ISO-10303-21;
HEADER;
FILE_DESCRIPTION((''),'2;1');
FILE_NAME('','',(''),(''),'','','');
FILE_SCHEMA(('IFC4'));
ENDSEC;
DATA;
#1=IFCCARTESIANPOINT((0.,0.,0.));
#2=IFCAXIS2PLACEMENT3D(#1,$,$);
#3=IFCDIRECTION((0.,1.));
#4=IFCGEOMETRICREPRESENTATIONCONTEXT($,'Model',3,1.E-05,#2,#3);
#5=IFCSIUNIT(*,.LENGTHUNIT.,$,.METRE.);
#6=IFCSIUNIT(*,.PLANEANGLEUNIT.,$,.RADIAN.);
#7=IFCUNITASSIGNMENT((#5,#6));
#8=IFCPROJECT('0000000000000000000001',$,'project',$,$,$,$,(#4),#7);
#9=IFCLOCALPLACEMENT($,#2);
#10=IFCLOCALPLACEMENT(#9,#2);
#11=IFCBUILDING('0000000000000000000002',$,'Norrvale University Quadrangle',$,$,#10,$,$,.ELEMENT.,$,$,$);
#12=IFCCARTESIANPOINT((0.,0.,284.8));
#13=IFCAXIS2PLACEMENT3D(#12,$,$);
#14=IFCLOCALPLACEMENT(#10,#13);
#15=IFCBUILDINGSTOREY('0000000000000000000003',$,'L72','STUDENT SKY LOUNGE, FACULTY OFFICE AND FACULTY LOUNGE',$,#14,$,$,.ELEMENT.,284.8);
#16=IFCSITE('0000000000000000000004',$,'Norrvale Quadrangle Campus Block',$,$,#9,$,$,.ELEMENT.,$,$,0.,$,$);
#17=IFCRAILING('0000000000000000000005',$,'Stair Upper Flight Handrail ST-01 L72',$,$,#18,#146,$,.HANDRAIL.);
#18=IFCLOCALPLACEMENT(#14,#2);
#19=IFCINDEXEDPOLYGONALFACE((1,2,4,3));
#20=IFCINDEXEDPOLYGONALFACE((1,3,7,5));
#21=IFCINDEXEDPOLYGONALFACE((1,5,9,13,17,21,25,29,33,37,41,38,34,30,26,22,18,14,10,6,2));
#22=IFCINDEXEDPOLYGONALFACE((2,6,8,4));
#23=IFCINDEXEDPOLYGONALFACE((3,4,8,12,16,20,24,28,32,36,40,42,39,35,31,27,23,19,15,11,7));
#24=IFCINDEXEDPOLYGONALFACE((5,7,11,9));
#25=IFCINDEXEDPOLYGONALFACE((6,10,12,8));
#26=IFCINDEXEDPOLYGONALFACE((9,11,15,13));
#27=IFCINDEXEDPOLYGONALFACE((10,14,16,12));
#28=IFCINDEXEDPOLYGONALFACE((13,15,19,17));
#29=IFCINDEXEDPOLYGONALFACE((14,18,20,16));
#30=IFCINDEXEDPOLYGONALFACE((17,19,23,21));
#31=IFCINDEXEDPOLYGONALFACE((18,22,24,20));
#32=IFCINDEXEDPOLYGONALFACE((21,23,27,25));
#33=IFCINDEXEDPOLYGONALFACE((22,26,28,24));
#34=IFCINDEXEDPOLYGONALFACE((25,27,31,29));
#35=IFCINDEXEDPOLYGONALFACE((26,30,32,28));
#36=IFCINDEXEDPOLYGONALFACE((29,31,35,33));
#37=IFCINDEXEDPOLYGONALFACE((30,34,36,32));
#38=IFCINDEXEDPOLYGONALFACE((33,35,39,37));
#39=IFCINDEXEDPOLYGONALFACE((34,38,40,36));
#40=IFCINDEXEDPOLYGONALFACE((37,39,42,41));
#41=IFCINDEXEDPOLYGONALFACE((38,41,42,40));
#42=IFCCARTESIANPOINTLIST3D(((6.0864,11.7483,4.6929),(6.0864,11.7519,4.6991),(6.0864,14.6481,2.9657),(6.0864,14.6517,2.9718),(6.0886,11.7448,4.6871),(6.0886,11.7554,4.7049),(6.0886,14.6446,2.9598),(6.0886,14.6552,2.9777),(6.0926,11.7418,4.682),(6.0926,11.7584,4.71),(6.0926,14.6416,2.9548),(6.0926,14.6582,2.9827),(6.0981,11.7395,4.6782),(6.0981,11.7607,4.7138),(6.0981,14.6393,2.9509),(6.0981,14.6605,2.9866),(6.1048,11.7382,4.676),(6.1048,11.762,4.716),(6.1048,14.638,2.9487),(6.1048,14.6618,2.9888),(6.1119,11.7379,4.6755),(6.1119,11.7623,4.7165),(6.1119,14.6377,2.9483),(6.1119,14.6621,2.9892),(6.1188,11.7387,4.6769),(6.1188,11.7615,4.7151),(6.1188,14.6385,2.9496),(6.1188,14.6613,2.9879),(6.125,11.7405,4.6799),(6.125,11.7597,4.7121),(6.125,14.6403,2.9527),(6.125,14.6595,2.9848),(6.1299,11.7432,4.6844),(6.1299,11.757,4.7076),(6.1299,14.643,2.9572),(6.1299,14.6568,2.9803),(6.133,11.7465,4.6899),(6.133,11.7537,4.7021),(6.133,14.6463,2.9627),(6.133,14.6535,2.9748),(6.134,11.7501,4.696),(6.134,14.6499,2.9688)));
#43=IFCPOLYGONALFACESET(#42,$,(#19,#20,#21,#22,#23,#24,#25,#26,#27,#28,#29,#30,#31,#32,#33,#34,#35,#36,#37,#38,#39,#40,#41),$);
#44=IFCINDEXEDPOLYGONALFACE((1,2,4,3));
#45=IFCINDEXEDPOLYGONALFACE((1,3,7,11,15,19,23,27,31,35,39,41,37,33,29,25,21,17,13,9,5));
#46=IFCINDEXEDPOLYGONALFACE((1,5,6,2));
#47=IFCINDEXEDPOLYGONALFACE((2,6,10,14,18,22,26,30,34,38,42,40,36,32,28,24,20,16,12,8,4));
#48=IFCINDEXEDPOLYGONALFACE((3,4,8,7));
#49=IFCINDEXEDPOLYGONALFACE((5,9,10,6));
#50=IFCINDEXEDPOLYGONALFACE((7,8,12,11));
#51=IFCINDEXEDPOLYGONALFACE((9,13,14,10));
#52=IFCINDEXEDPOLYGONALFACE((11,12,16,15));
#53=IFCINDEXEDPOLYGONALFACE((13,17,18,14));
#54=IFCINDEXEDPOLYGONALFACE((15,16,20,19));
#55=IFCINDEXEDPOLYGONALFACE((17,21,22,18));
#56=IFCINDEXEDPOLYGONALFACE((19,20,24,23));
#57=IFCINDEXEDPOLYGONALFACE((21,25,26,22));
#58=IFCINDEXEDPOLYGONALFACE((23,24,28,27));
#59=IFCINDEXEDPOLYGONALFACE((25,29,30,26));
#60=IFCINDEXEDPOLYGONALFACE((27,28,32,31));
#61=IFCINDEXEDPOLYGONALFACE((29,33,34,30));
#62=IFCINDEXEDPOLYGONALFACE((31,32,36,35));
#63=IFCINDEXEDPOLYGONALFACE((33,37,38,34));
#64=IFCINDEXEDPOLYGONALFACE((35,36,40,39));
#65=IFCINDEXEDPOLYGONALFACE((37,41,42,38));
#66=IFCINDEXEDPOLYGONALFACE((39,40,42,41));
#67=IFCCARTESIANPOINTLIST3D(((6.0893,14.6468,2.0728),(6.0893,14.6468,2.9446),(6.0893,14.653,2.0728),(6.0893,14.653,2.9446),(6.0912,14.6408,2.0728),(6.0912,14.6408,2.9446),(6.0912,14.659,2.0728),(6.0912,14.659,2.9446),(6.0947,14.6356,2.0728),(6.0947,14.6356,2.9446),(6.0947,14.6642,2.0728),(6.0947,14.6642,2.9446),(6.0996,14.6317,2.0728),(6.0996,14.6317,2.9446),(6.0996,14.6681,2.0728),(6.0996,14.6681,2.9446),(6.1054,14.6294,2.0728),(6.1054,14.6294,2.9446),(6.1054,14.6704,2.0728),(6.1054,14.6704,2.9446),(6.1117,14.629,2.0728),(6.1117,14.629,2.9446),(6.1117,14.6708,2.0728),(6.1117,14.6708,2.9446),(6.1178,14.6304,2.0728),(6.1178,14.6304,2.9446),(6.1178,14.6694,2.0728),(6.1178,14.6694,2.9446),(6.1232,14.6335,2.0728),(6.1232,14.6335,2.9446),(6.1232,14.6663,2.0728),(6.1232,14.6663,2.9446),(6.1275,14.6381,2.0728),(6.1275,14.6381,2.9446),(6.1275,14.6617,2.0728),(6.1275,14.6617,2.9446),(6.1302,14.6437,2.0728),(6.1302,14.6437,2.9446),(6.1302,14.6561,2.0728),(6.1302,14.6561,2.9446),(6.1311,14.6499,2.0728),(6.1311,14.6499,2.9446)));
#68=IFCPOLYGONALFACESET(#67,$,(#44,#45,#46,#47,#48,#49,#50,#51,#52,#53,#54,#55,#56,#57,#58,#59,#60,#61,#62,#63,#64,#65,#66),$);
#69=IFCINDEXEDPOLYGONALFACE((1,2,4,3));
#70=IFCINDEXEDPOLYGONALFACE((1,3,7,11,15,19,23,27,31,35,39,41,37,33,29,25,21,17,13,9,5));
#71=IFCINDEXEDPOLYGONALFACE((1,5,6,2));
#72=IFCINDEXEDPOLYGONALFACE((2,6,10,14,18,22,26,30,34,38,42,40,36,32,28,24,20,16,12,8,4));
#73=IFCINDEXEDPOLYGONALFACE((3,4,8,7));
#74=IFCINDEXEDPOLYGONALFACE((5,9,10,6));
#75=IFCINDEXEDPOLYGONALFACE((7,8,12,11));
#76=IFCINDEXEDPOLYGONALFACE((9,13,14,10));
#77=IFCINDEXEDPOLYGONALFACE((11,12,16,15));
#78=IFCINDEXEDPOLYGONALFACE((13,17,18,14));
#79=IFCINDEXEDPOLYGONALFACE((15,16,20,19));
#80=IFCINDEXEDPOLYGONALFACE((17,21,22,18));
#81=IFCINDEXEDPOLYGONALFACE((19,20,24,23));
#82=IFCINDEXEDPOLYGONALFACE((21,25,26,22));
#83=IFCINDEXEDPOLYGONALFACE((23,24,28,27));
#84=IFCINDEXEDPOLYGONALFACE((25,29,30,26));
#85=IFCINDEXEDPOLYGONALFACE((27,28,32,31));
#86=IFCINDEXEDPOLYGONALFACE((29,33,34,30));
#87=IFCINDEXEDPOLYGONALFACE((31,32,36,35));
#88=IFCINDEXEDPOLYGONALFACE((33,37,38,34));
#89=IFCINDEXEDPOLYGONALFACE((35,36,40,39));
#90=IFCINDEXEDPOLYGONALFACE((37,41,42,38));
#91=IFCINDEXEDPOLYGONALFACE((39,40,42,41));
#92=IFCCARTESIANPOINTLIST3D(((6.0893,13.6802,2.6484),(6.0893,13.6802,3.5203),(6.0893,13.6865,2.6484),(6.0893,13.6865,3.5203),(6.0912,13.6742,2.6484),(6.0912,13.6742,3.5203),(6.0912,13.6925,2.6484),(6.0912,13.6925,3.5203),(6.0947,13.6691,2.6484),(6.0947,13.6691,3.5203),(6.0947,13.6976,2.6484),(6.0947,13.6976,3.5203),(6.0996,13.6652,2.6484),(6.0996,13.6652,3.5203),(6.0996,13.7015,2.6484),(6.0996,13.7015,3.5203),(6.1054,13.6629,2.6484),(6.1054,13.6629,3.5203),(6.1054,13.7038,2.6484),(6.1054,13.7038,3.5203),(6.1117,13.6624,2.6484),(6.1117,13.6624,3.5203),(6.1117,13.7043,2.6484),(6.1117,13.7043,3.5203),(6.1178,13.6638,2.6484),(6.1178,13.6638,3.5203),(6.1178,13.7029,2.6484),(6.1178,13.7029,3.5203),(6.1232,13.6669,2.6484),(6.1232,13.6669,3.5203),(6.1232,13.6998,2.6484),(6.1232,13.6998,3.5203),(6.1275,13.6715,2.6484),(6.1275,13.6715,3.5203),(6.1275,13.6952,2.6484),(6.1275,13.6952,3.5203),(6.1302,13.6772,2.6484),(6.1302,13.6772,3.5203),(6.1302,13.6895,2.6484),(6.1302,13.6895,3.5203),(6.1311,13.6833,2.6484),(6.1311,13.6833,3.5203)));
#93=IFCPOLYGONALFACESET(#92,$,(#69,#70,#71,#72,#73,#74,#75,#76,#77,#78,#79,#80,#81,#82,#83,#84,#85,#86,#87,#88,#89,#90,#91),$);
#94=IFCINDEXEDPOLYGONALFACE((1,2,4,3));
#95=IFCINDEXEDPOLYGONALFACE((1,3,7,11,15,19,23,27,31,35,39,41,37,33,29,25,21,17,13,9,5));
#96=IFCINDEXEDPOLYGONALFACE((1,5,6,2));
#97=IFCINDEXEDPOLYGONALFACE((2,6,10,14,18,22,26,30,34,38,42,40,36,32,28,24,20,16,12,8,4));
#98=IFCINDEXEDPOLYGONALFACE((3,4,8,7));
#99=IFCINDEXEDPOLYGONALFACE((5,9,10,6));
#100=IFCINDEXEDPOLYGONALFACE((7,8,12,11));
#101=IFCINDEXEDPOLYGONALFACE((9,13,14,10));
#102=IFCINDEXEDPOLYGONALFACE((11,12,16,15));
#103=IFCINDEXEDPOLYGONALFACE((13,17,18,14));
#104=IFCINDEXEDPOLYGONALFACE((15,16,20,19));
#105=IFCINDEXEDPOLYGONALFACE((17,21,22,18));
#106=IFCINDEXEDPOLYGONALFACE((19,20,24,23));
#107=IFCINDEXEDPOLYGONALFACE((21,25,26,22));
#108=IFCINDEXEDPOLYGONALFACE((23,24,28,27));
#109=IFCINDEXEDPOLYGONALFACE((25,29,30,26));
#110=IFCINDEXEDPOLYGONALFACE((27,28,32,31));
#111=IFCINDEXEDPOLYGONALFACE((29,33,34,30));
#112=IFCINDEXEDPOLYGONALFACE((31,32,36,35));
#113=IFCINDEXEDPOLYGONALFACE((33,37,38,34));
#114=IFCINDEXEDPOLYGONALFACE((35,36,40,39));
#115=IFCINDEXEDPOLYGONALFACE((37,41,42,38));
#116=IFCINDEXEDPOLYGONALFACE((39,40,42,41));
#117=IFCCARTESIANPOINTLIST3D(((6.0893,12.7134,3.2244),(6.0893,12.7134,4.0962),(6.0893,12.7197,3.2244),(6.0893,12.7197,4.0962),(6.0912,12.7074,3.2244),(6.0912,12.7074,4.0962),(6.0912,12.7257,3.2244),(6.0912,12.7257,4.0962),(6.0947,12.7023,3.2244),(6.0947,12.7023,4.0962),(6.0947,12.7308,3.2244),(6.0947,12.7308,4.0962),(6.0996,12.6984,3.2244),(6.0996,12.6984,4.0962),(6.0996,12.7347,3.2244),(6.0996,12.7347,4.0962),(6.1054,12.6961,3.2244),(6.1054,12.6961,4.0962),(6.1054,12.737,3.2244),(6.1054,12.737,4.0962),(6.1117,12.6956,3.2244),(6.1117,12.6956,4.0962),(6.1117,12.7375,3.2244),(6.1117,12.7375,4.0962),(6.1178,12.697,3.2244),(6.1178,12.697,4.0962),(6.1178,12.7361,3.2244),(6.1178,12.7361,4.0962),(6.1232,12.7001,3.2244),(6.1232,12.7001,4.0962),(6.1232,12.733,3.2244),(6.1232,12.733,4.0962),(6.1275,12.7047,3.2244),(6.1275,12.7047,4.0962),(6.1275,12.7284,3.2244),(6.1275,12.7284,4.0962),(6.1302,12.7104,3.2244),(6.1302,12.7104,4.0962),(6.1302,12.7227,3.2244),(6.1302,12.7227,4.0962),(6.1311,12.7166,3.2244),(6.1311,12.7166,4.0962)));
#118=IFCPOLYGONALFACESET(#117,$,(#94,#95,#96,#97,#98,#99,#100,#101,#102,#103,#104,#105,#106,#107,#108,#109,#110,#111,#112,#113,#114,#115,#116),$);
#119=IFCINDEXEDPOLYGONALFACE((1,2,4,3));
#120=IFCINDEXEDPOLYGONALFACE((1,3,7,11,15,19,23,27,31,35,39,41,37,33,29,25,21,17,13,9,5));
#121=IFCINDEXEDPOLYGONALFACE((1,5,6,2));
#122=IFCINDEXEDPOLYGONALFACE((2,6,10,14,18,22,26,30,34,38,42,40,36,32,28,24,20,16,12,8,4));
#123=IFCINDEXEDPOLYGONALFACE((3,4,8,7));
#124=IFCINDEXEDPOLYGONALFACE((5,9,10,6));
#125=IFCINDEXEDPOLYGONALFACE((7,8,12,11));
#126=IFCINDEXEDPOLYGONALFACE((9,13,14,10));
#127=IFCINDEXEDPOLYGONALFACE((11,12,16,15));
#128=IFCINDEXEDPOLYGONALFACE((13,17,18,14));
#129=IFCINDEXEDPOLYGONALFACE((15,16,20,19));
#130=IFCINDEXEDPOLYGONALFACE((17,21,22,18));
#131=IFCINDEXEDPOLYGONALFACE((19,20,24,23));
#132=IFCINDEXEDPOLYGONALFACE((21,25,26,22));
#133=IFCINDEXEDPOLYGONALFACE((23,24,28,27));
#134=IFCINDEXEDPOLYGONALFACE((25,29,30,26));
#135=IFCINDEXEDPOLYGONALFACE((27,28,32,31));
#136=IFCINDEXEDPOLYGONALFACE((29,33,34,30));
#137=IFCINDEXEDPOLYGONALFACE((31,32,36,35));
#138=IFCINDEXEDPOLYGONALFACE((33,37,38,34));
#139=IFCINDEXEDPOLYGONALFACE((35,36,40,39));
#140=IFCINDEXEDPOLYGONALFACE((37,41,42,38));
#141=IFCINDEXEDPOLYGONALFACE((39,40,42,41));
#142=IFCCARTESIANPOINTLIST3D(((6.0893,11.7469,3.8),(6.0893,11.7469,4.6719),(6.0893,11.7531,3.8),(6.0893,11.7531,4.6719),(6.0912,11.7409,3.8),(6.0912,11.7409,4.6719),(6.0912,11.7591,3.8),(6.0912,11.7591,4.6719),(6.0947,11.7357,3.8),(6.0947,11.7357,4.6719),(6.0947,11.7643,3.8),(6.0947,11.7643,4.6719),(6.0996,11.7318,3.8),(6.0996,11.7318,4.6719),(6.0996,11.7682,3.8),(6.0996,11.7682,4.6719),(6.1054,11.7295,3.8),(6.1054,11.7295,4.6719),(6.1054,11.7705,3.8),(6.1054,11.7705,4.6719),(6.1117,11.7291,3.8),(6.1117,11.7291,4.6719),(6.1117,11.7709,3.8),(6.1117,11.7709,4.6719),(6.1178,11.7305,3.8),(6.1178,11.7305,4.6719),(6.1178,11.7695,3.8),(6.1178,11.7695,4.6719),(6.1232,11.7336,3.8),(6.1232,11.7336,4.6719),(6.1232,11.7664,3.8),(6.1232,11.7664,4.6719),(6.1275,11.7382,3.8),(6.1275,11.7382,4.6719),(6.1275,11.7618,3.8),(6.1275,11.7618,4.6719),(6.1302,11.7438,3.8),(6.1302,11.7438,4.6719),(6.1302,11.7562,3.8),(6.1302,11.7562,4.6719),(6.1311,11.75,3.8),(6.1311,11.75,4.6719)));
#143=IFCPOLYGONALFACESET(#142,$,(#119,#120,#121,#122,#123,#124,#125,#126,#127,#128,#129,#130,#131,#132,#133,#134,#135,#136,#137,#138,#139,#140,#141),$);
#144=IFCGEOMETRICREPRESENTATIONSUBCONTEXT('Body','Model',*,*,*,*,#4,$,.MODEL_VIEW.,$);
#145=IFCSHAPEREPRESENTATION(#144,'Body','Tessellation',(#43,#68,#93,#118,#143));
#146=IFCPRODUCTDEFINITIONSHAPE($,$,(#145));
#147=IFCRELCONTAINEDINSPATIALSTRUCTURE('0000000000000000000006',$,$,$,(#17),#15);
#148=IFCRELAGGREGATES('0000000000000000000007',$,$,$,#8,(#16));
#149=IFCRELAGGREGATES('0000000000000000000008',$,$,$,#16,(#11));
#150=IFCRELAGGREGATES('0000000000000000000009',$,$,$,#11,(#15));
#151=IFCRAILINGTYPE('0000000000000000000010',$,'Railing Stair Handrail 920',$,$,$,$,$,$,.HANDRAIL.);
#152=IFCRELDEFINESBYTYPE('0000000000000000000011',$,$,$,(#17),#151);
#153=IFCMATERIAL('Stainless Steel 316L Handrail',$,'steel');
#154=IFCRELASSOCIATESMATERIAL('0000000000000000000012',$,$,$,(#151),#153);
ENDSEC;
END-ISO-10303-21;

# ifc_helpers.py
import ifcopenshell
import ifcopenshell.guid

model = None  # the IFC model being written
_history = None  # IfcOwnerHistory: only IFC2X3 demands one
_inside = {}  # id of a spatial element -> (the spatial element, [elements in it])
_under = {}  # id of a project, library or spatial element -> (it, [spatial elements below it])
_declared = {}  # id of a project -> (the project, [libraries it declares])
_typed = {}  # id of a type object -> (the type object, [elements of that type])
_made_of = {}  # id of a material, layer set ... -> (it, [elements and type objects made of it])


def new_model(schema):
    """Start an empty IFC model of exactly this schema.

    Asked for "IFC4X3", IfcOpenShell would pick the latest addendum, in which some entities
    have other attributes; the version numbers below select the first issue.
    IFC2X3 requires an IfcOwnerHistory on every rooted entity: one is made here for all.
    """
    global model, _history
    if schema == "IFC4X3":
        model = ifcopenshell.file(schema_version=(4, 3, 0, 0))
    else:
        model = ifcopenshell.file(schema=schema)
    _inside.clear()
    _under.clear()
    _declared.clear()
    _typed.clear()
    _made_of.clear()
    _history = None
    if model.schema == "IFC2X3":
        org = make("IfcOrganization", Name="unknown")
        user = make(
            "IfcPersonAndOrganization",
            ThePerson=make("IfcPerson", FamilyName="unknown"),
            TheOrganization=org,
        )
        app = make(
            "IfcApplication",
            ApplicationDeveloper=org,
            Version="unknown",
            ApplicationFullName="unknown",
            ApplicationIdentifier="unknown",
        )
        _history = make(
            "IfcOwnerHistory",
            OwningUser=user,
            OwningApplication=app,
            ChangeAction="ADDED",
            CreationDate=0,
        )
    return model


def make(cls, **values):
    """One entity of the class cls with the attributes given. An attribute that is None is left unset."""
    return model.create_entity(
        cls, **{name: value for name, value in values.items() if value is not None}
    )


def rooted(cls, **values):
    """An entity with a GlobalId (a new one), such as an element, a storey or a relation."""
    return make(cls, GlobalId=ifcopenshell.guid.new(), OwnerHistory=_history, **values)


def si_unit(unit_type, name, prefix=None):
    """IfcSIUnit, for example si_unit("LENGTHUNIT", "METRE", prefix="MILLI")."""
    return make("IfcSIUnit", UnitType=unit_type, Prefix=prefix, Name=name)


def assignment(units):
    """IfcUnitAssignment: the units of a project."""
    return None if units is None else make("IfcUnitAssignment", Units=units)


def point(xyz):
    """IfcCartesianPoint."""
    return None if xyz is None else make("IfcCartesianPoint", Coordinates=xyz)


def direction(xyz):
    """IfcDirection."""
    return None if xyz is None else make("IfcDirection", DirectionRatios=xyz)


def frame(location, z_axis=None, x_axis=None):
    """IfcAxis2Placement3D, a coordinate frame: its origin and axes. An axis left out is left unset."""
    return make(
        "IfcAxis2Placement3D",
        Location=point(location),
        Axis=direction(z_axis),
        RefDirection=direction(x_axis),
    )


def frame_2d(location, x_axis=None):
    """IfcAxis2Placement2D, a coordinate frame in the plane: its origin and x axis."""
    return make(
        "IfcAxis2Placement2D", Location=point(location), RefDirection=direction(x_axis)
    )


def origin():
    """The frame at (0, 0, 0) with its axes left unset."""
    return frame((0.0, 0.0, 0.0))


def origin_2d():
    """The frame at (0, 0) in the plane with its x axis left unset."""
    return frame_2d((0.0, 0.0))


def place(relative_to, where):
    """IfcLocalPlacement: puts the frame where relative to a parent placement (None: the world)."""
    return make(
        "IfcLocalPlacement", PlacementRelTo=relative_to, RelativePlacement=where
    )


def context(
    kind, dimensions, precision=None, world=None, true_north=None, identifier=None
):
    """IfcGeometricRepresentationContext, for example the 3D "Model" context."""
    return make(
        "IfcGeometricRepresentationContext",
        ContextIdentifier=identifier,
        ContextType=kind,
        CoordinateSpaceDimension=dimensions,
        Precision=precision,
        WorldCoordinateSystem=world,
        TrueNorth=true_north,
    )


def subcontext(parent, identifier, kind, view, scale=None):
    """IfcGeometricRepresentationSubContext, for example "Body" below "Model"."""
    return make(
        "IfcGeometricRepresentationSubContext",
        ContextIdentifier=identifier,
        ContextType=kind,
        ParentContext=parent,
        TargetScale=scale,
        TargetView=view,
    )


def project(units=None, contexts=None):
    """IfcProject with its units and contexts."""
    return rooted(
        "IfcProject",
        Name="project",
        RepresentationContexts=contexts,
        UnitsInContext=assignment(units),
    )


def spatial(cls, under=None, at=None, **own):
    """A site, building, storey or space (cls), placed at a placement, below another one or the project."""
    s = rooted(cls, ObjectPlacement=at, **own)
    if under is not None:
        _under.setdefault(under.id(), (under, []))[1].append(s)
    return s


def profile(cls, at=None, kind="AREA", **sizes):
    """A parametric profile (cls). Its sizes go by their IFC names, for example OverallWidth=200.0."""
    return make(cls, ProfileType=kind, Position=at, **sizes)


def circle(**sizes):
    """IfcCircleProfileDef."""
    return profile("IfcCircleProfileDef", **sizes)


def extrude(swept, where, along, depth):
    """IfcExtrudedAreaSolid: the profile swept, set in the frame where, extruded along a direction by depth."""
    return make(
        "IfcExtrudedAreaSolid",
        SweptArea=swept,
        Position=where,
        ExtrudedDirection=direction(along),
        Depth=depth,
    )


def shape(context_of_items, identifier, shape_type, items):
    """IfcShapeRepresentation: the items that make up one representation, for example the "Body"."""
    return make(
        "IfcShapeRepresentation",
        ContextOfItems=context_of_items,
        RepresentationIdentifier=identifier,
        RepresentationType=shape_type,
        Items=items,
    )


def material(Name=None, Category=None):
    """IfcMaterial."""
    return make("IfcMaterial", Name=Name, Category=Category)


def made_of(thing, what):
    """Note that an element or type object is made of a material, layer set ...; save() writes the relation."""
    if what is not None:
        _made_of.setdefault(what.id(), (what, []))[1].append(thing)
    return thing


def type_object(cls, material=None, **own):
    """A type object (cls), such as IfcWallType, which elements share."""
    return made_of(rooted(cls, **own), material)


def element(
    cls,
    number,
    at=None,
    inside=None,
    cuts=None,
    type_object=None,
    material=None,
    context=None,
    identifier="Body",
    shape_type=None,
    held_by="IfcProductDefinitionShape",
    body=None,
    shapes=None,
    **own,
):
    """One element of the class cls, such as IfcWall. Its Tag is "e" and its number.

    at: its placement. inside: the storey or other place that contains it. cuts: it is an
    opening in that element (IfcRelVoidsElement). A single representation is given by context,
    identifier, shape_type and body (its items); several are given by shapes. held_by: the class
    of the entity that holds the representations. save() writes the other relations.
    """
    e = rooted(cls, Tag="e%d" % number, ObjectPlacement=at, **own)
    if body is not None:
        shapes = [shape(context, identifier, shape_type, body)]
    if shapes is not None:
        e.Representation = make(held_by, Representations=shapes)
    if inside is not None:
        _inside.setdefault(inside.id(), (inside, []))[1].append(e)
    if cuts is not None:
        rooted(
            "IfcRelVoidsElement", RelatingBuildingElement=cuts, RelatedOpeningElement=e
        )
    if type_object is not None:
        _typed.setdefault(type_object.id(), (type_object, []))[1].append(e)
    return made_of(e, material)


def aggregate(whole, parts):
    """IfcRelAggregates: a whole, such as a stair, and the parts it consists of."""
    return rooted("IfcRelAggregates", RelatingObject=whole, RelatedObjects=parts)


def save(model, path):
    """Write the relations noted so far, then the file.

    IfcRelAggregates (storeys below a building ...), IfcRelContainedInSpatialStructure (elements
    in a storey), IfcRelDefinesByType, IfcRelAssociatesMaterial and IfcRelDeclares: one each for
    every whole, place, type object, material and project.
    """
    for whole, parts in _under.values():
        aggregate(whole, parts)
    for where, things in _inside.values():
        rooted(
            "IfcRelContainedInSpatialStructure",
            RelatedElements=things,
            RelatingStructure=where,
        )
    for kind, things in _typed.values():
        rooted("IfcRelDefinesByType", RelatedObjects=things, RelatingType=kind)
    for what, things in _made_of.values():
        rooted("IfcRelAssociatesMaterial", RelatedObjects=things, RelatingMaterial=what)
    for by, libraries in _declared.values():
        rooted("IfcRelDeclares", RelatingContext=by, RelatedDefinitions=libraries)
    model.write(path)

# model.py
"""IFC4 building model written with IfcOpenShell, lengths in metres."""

from ifc_helpers import new_model, si_unit, direction, frame, origin, origin_2d, place, context, subcontext, project, spatial, circle, extrude, material, type_object, element, save


model = new_model("IFC4")

# Units and contexts
model_context = context("Model", 3, precision=1e-05, world=origin(), true_north=direction((0.0, 1.0)))
body_context = subcontext(model_context, "Body", "Model", "MODEL_VIEW")
ifc_project = project(units=[si_unit("LENGTHUNIT", "METRE"), si_unit("PLANEANGLEUNIT", "RADIAN")], contexts=[model_context])

# Site, building, storey
site_placement = place(None, origin())
site = spatial("IfcSite", under=ifc_project, at=site_placement, Name="Norrvale Quadrangle Campus Block", CompositionType="ELEMENT", RefElevation=0.0)
building_placement = place(site_placement, origin())
building = spatial("IfcBuilding", under=site, at=building_placement, Name="Norrvale University Quadrangle", CompositionType="ELEMENT")
storey_placement = place(building_placement, frame((0.0, 0.0, 284.8)))
storey = spatial("IfcBuildingStorey", under=building, at=storey_placement, Name="L72", Description="STUDENT SKY LOUNGE, FACULTY OFFICE AND FACULTY LOUNGE", CompositionType="ELEMENT", Elevation=284.8)

# Railing
ifc_material_1 = material(Name="Stainless Steel 316L Handrail", Category="steel")
railing_type_1 = type_object("IfcRailingType", Name="Railing Stair Handrail 920", PredefinedType="HANDRAIL", material=ifc_material_1)
railing_1_placement = place(storey_placement, frame((6.1101, 14.6499, 2.0728)))
element("IfcRailing", 1, at=railing_1_placement, inside=storey, type_object=railing_type_1, Name="Stair Upper Flight Handrail ST-01 L72", PredefinedType="HANDRAIL", context=body_context, shape_type="SweptSolid", body=[
    extrude(circle(Radius=0.0239, at=origin_2d()), frame((0.0, 0.0, 0.896), z_axis=(0.0, -0.859141, 0.511738), x_axis=(1.0, 0.0, 0.0)), (0.0, 0.0, 1.0), 3.3752),
    extrude(circle(Radius=0.021, at=origin_2d()), origin(), (0.0, 0.0, 1.0), 0.8718),
    extrude(circle(Radius=0.021, at=origin_2d()), frame((0.0, -0.9666, 0.5757)), (0.0, 0.0, 1.0), 0.8718),
    extrude(circle(Radius=0.021, at=origin_2d()), frame((0.0, -1.9333, 1.1516)), (0.0, 0.0, 1.0), 0.8718),
    extrude(circle(Radius=0.021, at=origin_2d()), frame((0.0, -2.8999, 1.7273)), (0.0, 0.0, 1.0), 0.8718),
])

save(model, "model.ifc")
